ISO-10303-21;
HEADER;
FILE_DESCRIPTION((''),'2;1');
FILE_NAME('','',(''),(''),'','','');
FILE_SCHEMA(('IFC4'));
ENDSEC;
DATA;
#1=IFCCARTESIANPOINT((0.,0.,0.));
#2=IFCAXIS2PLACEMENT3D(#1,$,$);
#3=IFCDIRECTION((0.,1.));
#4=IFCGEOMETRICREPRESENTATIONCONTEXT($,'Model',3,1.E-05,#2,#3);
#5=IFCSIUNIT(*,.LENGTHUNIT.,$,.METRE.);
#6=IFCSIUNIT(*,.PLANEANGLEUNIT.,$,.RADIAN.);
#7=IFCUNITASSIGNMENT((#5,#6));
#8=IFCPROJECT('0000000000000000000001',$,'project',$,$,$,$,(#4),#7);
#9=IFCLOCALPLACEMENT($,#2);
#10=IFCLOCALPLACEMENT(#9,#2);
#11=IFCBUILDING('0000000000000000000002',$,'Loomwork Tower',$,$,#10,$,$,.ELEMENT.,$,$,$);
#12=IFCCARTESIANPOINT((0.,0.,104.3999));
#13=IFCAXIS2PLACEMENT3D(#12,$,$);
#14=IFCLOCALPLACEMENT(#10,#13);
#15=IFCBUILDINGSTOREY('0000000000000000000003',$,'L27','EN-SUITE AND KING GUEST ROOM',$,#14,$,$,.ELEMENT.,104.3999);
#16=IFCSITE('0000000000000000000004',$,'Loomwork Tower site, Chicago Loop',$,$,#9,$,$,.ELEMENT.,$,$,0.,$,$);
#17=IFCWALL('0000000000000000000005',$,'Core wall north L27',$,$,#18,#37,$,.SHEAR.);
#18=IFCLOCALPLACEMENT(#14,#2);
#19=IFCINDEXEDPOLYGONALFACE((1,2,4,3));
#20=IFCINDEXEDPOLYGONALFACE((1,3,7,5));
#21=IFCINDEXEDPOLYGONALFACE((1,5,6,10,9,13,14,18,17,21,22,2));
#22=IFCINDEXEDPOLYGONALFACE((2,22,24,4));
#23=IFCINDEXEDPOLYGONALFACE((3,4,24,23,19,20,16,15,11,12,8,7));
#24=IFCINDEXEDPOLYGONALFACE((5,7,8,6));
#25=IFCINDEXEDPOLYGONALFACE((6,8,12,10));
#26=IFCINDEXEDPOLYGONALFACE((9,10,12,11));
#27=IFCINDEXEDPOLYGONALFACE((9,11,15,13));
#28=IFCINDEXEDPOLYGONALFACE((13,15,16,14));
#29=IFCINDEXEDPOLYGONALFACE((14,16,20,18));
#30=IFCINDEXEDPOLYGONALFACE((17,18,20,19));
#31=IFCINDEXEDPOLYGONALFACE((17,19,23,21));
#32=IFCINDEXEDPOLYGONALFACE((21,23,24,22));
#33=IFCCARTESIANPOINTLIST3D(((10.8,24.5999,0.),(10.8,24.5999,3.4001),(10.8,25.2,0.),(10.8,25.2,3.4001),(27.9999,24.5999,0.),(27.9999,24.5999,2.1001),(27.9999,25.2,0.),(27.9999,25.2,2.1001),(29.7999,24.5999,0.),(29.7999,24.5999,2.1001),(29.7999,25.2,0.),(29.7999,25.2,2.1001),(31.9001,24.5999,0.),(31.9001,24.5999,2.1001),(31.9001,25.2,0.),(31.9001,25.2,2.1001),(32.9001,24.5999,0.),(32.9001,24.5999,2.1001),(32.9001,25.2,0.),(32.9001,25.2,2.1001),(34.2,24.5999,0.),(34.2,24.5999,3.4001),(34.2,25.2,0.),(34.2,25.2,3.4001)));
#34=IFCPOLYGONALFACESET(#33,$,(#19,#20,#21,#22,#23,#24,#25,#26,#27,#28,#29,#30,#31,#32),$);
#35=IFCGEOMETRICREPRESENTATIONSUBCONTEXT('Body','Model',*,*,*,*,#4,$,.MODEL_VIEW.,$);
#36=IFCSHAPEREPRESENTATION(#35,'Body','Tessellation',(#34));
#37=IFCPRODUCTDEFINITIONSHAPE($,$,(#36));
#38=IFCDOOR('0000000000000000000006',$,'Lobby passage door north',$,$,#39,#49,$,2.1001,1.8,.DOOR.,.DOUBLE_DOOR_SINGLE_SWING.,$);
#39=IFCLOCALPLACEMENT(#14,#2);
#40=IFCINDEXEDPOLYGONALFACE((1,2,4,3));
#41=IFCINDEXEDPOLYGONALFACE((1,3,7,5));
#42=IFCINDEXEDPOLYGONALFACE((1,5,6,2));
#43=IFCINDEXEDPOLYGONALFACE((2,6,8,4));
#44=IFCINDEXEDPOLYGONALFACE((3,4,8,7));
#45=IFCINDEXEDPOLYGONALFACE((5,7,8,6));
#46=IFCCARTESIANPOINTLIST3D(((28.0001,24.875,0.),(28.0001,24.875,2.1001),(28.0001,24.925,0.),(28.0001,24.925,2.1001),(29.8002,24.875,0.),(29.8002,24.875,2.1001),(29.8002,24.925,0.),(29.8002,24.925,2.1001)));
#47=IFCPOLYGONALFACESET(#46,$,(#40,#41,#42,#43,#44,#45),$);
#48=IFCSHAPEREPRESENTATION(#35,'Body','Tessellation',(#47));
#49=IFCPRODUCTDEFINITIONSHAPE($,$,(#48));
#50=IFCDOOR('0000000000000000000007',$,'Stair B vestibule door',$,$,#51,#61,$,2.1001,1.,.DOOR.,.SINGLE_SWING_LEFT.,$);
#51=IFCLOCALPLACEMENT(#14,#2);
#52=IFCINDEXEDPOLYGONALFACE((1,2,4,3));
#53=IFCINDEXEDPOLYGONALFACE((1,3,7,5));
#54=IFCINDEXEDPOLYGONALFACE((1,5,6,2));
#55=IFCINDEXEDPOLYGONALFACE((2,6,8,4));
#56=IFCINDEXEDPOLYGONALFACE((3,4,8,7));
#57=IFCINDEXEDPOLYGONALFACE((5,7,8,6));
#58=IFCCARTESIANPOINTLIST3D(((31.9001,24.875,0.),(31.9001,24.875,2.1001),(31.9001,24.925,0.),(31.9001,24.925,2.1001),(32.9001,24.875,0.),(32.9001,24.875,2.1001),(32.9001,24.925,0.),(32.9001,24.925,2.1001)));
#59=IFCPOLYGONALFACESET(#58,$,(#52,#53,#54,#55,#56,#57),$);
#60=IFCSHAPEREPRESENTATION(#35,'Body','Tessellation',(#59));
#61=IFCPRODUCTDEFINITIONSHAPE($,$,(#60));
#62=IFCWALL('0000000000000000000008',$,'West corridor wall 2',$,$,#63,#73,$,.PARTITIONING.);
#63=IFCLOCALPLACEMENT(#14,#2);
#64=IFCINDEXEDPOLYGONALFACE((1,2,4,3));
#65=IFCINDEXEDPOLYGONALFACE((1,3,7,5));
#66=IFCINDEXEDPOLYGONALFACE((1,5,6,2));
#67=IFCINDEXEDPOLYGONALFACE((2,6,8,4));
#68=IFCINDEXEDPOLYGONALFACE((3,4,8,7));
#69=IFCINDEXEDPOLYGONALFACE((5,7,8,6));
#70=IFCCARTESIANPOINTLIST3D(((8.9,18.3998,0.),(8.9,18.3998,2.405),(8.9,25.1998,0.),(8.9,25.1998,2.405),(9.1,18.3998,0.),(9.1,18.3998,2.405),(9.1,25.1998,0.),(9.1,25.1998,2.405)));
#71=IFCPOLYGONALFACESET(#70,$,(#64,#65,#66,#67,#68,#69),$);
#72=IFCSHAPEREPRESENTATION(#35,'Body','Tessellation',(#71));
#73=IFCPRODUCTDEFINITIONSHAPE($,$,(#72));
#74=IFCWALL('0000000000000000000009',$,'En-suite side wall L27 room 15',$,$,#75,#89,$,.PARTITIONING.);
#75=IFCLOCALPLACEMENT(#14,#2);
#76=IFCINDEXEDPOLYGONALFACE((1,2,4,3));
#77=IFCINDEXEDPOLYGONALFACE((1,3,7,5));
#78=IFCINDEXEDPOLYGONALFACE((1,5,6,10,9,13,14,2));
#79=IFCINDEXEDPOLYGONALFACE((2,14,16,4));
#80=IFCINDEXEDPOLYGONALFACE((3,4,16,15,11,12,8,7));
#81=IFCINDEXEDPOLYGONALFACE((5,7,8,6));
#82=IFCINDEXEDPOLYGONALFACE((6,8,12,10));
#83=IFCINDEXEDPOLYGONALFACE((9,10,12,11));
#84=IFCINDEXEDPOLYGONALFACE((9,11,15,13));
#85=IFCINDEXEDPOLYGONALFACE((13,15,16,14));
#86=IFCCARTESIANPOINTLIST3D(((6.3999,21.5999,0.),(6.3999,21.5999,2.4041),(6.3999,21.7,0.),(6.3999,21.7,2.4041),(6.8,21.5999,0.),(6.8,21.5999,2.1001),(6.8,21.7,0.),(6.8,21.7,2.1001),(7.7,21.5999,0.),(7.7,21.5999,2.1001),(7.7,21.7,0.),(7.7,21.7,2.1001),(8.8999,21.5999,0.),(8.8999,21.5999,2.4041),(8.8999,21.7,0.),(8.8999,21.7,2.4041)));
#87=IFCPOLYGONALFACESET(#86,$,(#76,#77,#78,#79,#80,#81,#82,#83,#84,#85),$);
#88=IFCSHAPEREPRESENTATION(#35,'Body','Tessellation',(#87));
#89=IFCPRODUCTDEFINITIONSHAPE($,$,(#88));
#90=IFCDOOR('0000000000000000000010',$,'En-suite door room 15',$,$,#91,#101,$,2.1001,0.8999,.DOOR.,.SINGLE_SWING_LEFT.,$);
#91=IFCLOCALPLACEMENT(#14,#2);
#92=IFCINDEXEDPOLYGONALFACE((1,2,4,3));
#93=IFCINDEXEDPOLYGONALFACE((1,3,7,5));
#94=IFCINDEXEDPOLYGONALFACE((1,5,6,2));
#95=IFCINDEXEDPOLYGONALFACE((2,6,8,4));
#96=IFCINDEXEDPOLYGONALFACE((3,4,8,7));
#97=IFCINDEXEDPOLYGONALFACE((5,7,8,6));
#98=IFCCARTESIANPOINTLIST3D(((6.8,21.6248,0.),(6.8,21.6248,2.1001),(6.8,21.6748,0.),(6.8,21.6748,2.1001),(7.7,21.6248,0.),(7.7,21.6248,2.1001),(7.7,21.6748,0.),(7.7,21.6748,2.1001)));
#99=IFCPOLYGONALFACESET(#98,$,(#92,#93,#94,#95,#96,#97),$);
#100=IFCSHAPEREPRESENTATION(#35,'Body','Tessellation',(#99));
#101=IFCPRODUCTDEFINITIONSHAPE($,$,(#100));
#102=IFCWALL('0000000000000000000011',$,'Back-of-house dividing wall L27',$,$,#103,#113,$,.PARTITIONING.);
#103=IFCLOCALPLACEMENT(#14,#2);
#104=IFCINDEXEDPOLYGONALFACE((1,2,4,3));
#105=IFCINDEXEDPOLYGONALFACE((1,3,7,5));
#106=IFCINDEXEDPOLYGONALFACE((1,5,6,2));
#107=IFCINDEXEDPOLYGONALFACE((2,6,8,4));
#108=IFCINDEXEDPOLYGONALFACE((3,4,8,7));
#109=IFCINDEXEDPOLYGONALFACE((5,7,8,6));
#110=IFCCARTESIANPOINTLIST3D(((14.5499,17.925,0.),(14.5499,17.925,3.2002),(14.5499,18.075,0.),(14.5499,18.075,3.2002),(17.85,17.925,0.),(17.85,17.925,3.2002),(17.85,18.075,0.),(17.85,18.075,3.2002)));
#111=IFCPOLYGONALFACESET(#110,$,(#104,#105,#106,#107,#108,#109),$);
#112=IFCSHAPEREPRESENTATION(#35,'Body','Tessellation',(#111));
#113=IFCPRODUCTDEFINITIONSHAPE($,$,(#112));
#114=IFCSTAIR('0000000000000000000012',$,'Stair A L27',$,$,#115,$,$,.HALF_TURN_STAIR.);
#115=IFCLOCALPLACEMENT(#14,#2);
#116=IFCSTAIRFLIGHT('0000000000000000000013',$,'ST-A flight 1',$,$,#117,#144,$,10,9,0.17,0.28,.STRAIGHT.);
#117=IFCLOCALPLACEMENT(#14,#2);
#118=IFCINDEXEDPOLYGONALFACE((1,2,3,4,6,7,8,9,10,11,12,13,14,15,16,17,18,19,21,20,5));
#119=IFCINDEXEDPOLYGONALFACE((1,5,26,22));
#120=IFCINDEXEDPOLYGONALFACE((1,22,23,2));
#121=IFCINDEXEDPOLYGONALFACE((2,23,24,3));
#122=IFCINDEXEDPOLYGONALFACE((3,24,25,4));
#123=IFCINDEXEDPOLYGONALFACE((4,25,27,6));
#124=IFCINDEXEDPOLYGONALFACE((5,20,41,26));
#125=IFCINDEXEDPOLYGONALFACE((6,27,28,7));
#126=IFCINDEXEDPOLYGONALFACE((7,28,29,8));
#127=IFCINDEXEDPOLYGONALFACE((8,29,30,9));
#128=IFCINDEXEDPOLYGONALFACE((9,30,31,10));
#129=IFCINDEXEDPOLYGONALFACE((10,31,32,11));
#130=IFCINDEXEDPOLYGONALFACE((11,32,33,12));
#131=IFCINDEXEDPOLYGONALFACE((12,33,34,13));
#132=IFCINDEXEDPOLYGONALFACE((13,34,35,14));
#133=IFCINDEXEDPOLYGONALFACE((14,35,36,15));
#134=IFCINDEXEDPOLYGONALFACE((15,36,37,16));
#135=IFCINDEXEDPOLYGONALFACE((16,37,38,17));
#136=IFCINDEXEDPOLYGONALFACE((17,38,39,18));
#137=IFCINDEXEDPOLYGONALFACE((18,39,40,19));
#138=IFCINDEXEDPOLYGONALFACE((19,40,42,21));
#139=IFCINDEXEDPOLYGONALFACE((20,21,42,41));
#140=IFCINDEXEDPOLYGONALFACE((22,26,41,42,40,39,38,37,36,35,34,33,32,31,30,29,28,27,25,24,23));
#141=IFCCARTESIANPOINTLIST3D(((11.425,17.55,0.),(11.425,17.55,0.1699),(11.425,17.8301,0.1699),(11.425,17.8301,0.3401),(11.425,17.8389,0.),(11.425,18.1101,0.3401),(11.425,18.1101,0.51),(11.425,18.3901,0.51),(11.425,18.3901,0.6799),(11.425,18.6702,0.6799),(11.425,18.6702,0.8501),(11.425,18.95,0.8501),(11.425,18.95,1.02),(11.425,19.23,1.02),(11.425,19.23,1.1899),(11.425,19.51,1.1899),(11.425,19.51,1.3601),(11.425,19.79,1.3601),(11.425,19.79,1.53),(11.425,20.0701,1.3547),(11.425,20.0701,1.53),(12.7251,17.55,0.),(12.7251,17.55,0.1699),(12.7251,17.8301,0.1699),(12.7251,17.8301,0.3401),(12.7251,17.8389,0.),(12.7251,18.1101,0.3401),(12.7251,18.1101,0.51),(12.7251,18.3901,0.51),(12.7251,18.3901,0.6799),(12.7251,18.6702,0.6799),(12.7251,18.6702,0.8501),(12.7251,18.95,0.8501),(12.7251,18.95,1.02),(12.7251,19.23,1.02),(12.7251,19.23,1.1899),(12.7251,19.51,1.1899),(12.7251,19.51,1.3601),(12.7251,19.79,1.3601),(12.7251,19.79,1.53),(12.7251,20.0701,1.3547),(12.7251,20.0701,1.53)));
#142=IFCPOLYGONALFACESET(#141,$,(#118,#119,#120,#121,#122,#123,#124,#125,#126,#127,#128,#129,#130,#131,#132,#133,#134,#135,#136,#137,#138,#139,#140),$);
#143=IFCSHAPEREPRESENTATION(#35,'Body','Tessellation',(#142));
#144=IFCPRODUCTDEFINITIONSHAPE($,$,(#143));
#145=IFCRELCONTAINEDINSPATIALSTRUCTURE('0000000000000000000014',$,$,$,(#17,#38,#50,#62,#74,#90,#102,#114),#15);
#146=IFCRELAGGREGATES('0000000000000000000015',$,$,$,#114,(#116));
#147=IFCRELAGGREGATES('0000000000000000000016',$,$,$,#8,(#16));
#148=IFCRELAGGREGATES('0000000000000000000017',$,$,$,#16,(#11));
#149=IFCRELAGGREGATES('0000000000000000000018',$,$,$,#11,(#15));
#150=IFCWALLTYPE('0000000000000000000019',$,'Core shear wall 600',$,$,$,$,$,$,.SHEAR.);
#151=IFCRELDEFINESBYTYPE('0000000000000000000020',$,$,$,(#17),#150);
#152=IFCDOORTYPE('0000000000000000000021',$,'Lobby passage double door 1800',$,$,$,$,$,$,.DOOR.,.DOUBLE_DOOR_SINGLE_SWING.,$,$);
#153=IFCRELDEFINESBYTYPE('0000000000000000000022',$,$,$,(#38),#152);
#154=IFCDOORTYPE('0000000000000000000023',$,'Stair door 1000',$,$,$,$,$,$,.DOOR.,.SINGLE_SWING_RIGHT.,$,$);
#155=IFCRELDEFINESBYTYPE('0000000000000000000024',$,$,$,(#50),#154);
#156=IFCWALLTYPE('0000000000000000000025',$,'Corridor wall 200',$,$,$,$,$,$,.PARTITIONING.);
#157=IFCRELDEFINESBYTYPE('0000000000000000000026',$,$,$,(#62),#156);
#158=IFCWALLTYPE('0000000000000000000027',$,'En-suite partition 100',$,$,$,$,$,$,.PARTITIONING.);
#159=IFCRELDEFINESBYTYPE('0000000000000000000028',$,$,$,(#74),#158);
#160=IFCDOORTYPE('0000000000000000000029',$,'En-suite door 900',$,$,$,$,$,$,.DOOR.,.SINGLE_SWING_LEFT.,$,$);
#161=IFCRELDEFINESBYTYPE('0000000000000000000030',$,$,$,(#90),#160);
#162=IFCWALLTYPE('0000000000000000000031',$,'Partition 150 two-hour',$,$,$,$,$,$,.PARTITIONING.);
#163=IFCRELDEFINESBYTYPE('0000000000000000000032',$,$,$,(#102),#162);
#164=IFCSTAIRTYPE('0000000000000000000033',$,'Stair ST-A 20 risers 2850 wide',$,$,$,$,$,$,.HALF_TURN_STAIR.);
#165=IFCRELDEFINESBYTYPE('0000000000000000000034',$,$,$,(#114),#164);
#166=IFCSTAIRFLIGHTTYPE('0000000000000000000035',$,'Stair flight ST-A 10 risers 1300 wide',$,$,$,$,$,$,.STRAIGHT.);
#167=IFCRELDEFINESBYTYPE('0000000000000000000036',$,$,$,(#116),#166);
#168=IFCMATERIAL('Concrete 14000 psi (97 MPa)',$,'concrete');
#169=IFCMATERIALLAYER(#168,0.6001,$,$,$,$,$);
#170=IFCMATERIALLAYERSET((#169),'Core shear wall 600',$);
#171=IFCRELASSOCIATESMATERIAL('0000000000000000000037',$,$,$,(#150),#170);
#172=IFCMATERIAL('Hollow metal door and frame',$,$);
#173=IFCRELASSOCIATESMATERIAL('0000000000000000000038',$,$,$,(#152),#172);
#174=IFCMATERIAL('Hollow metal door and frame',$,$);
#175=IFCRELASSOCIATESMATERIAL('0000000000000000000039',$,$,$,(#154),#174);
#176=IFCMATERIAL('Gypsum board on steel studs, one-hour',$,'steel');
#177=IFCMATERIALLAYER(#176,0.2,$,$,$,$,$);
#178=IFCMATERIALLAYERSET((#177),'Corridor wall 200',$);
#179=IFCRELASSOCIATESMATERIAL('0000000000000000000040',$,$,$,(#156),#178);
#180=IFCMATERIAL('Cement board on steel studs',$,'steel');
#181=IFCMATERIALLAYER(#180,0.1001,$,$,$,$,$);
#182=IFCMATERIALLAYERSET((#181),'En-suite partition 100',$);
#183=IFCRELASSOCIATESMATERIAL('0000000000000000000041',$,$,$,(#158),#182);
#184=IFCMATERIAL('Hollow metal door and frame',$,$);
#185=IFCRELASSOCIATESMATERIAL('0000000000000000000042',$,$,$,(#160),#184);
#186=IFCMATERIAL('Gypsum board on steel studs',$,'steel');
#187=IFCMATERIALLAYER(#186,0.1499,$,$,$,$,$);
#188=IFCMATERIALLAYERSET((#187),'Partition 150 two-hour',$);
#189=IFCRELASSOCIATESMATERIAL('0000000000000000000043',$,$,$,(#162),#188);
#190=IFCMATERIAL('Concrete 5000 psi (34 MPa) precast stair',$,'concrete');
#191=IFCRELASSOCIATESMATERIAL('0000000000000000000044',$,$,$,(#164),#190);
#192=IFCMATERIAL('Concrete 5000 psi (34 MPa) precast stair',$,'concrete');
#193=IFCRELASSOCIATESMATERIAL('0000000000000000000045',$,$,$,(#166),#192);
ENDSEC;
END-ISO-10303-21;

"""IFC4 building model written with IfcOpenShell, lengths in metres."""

from ifc_helpers import new_model, si_unit, direction, frame, frame_2d, origin, place, context, subcontext, project, spatial, polyline, rectangle, outline, extrude, material, layer, layer_set, type_object, element, fill, aggregate, save


model = new_model("IFC4")

# Units and contexts
model_context = context("Model", 3, precision=1e-05, world=origin(), true_north=direction((0.0, 1.0)))
body_context = subcontext(model_context, "Body", "Model", "MODEL_VIEW")
ifc_project = project(units=[si_unit("LENGTHUNIT", "METRE"), si_unit("PLANEANGLEUNIT", "RADIAN")], contexts=[model_context])

# Site, building, storey
site_placement = place(None, origin())
site = spatial("IfcSite", under=ifc_project, at=site_placement, Name="Loomwork Tower site, Chicago Loop", CompositionType="ELEMENT", RefElevation=0.0)
building_placement = place(site_placement, origin())
building = spatial("IfcBuilding", under=site, at=building_placement, Name="Loomwork Tower", CompositionType="ELEMENT")
storey_placement = place(building_placement, frame((0.0, 0.0, 104.3999)))
storey = spatial("IfcBuildingStorey", under=building, at=storey_placement, Name="L27", Description="EN-SUITE AND KING GUEST ROOM", CompositionType="ELEMENT", Elevation=104.3999)

# Wall, openings, doors
ifc_material_1 = material(Name="Concrete 14000 psi (97 MPa)", Category="concrete")
ifc_layer_1 = layer(ifc_material_1, 0.6001)
ifc_layer_set_1 = layer_set([ifc_layer_1], Name="Core shear wall 600")
wall_type_1 = type_object("IfcWallType", Name="Core shear wall 600", PredefinedType="SHEAR", material=ifc_layer_set_1)
wall_1_placement = place(storey_placement, frame((10.8, 24.8999, 0.0), z_axis=(0.0, 0.0, 1.0), x_axis=(1.0, 0.0, 0.0)))
wall_1 = element("IfcWall", 1, at=wall_1_placement, inside=storey, type_object=wall_type_1, Name="Core wall north L27", PredefinedType="SHEAR", context=body_context, shape_type="SweptSolid", body=[
    extrude(rectangle(XDim=23.3999, YDim=0.6001, at=frame_2d((11.7, 0.0))), origin(), (0.0, 0.0, 1.0), 3.4001),
])
opening_1_placement = place(wall_1_placement, frame((17.2, 0.0, 0.0)))
opening_1 = element("IfcOpeningElement", 2, at=opening_1_placement, cuts=wall_1, PredefinedType="OPENING", context=body_context, shape_type="SweptSolid", body=[
    extrude(rectangle(XDim=1.8, YDim=2.1001, at=frame_2d((0.8999, 1.05))), frame((0.0, 0.3101, 0.0), z_axis=(0.0, -1.0, 0.0), x_axis=(1.0, 0.0, 0.0)), (0.0, 0.0, 1.0), 0.6201),
])
opening_2_placement = place(wall_1_placement, frame((21.1001, 0.0, 0.0)))
opening_2 = element("IfcOpeningElement", 3, at=opening_2_placement, cuts=wall_1, PredefinedType="OPENING", context=body_context, shape_type="SweptSolid", body=[
    extrude(rectangle(XDim=1.0, YDim=2.1001, at=frame_2d((0.5, 1.05))), frame((0.0, 0.3101, 0.0), z_axis=(0.0, -1.0, 0.0), x_axis=(1.0, 0.0, 0.0)), (0.0, 0.0, 1.0), 0.6201),
])
ifc_material_2 = material(Name="Hollow metal door and frame")
door_type_1 = type_object("IfcDoorType", Name="Lobby passage double door 1800", OperationType="DOUBLE_DOOR_SINGLE_SWING", PredefinedType="DOOR", material=ifc_material_2)
door_1_placement = place(opening_1_placement, frame((1.8, 0.0, 0.0), z_axis=(0.0, 0.0, 1.0), x_axis=(-1.0, 0.0, 0.0)))
door_1 = element("IfcDoor", 4, at=door_1_placement, inside=storey, type_object=door_type_1, Name="Lobby passage door north", OperationType="DOUBLE_DOOR_SINGLE_SWING", OverallHeight=2.1001, OverallWidth=1.8, PredefinedType="DOOR", context=body_context, shape_type="SweptSolid", body=[
    extrude(rectangle(XDim=1.8, YDim=2.1001, at=frame_2d((0.8999, 1.05))), frame((0.0, 0.0249, 0.0), z_axis=(0.0, -1.0, 0.0), x_axis=(1.0, 0.0, 0.0)), (0.0, 0.0, 1.0), 0.05),
])
fill(opening_1, door_1)
ifc_material_3 = material(Name="Hollow metal door and frame")
door_type_2 = type_object("IfcDoorType", Name="Stair door 1000", OperationType="SINGLE_SWING_RIGHT", PredefinedType="DOOR", material=ifc_material_3)
door_2_placement = place(opening_2_placement, frame((1.0, 0.0, 0.0), z_axis=(0.0, 0.0, 1.0), x_axis=(-1.0, 0.0, 0.0)))
door_2 = element("IfcDoor", 5, at=door_2_placement, inside=storey, type_object=door_type_2, Name="Stair B vestibule door", OperationType="SINGLE_SWING_LEFT", OverallHeight=2.1001, OverallWidth=1.0, PredefinedType="DOOR", context=body_context, shape_type="SweptSolid", body=[
    extrude(rectangle(XDim=1.0, YDim=2.1001, at=frame_2d((0.5, 1.05))), frame((0.0, 0.0249, 0.0), z_axis=(0.0, -1.0, 0.0), x_axis=(1.0, 0.0, 0.0)), (0.0, 0.0, 1.0), 0.05),
])
fill(opening_2, door_2)

# Wall
ifc_material_4 = material(Name="Gypsum board on steel studs, one-hour", Category="steel")
ifc_layer_2 = layer(ifc_material_4, 0.2)
ifc_layer_set_2 = layer_set([ifc_layer_2], Name="Corridor wall 200")
wall_type_2 = type_object("IfcWallType", Name="Corridor wall 200", PredefinedType="PARTITIONING", material=ifc_layer_set_2)
wall_2_placement = place(storey_placement, frame((9.0, 18.3999, 0.0), z_axis=(0.0, 0.0, 1.0), x_axis=(0.0, 1.0, 0.0)))
element("IfcWall", 6, at=wall_2_placement, inside=storey, type_object=wall_type_2, Name="West corridor wall 2", PredefinedType="PARTITIONING", context=body_context, shape_type="SweptSolid", body=[
    extrude(rectangle(XDim=6.8, YDim=0.2, at=frame_2d((3.3999, 0.0))), origin(), (0.0, 0.0, 1.0), 2.405),
])

# Wall, opening, door
ifc_material_5 = material(Name="Cement board on steel studs", Category="steel")
ifc_layer_3 = layer(ifc_material_5, 0.1001)
ifc_layer_set_3 = layer_set([ifc_layer_3], Name="En-suite partition 100")
wall_type_3 = type_object("IfcWallType", Name="En-suite partition 100", PredefinedType="PARTITIONING", material=ifc_layer_set_3)
wall_3_placement = place(storey_placement, frame((8.8999, 21.6499, 0.0), z_axis=(0.0, 0.0, 1.0), x_axis=(-1.0, 0.0, 0.0)))
wall_3 = element("IfcWall", 7, at=wall_3_placement, inside=storey, type_object=wall_type_3, Name="En-suite side wall L27 room 15", PredefinedType="PARTITIONING", context=body_context, shape_type="SweptSolid", body=[
    extrude(rectangle(XDim=2.5, YDim=0.1001, at=frame_2d((1.25, 0.0))), origin(), (0.0, 0.0, 1.0), 2.4041),
])
opening_3_placement = place(wall_3_placement, frame((1.2, 0.0, 0.0)))
opening_3 = element("IfcOpeningElement", 8, at=opening_3_placement, cuts=wall_3, PredefinedType="OPENING", context=body_context, shape_type="SweptSolid", body=[
    extrude(rectangle(XDim=0.8999, YDim=2.1001, at=frame_2d((0.45, 1.05))), frame((0.0, 0.0601, 0.0), z_axis=(0.0, -1.0, 0.0), x_axis=(1.0, 0.0, 0.0)), (0.0, 0.0, 1.0), 0.1201),
])
ifc_material_6 = material(Name="Hollow metal door and frame")
door_type_3 = type_object("IfcDoorType", Name="En-suite door 900", OperationType="SINGLE_SWING_LEFT", PredefinedType="DOOR", material=ifc_material_6)
door_3_placement = place(opening_3_placement, frame((0.8999, 0.0, 0.0), z_axis=(0.0, 0.0, 1.0), x_axis=(-1.0, 0.0, 0.0)))
door_3 = element("IfcDoor", 9, at=door_3_placement, inside=storey, type_object=door_type_3, Name="En-suite door room 15", OperationType="SINGLE_SWING_LEFT", OverallHeight=2.1001, OverallWidth=0.8999, PredefinedType="DOOR", context=body_context, shape_type="SweptSolid", body=[
    extrude(rectangle(XDim=0.8999, YDim=2.1001, at=frame_2d((0.45, 1.05))), frame((0.0, 0.0249, 0.0), z_axis=(0.0, -1.0, 0.0), x_axis=(1.0, 0.0, 0.0)), (0.0, 0.0, 1.0), 0.05),
])
fill(opening_3, door_3)

# Wall
ifc_material_7 = material(Name="Gypsum board on steel studs", Category="steel")
ifc_layer_4 = layer(ifc_material_7, 0.1499)
ifc_layer_set_4 = layer_set([ifc_layer_4], Name="Partition 150 two-hour")
wall_type_4 = type_object("IfcWallType", Name="Partition 150 two-hour", PredefinedType="PARTITIONING", material=ifc_layer_set_4)
wall_4_placement = place(storey_placement, frame((14.55, 18.0, 0.0), z_axis=(0.0, 0.0, 1.0), x_axis=(1.0, 0.0, 0.0)))
element("IfcWall", 10, at=wall_4_placement, inside=storey, type_object=wall_type_4, Name="Back-of-house dividing wall L27", PredefinedType="PARTITIONING", context=body_context, shape_type="SweptSolid", body=[
    extrude(rectangle(XDim=3.3, YDim=0.1499, at=frame_2d((1.6499, 0.0))), origin(), (0.0, 0.0, 1.0), 3.2002),
])

# Stair, stair flight
ifc_material_8 = material(Name="Concrete 5000 psi (34 MPa) precast stair", Category="concrete")
stair_type = type_object("IfcStairType", Name="Stair ST-A 20 risers 2850 wide", PredefinedType="HALF_TURN_STAIR", material=ifc_material_8)
stair_placement = place(storey_placement, origin())
stair = element("IfcStair", 11, at=stair_placement, inside=storey, type_object=stair_type, Name="Stair A L27", PredefinedType="HALF_TURN_STAIR")
ifc_material_9 = material(Name="Concrete 5000 psi (34 MPa) precast stair", Category="concrete")
stair_flight_type = type_object("IfcStairFlightType", Name="Stair flight ST-A 10 risers 1300 wide", PredefinedType="STRAIGHT", material=ifc_material_9)
stair_flight_1_placement = place(storey_placement, frame((12.075, 17.55, 0.0), z_axis=(0.0, 0.0, 1.0), x_axis=(0.0, 1.0, 0.0)))
stair_flight_1 = element("IfcStairFlight", 12, at=stair_flight_1_placement, type_object=stair_flight_type, Name="ST-A flight 1", NumberOfRisers=10, NumberOfTreads=9, PredefinedType="STRAIGHT", RiserHeight=0.17, TreadLength=0.28, context=body_context, shape_type="SweptSolid", body=[
    extrude(outline(polyline([(0.0, 0.0), (0.0, 0.1699), (0.28, 0.1699), (0.28, 0.3401), (0.5601, 0.3401), (0.5601, 0.51), (0.8401, 0.51), (0.8401, 0.6799), (1.1201, 0.6799), (1.1201, 0.8501), (1.3999, 0.8501), (1.3999, 1.02), (1.6799, 1.02), (1.6799, 1.1899), (1.96, 1.1899), (1.96, 1.3601), (2.24, 1.3601), (2.24, 1.53), (2.52, 1.53), (2.52, 1.7), (2.52, 1.3547), (0.2888, 0.0), (0.0, 0.0)])), frame((0.0, 0.6499, 0.0), z_axis=(0.0, -1.0, 0.0), x_axis=(1.0, 0.0, 0.0)), (0.0, 0.0, 1.0), 1.3),
])
aggregate(stair, [stair_flight_1])

save(model, "model.ifc")
